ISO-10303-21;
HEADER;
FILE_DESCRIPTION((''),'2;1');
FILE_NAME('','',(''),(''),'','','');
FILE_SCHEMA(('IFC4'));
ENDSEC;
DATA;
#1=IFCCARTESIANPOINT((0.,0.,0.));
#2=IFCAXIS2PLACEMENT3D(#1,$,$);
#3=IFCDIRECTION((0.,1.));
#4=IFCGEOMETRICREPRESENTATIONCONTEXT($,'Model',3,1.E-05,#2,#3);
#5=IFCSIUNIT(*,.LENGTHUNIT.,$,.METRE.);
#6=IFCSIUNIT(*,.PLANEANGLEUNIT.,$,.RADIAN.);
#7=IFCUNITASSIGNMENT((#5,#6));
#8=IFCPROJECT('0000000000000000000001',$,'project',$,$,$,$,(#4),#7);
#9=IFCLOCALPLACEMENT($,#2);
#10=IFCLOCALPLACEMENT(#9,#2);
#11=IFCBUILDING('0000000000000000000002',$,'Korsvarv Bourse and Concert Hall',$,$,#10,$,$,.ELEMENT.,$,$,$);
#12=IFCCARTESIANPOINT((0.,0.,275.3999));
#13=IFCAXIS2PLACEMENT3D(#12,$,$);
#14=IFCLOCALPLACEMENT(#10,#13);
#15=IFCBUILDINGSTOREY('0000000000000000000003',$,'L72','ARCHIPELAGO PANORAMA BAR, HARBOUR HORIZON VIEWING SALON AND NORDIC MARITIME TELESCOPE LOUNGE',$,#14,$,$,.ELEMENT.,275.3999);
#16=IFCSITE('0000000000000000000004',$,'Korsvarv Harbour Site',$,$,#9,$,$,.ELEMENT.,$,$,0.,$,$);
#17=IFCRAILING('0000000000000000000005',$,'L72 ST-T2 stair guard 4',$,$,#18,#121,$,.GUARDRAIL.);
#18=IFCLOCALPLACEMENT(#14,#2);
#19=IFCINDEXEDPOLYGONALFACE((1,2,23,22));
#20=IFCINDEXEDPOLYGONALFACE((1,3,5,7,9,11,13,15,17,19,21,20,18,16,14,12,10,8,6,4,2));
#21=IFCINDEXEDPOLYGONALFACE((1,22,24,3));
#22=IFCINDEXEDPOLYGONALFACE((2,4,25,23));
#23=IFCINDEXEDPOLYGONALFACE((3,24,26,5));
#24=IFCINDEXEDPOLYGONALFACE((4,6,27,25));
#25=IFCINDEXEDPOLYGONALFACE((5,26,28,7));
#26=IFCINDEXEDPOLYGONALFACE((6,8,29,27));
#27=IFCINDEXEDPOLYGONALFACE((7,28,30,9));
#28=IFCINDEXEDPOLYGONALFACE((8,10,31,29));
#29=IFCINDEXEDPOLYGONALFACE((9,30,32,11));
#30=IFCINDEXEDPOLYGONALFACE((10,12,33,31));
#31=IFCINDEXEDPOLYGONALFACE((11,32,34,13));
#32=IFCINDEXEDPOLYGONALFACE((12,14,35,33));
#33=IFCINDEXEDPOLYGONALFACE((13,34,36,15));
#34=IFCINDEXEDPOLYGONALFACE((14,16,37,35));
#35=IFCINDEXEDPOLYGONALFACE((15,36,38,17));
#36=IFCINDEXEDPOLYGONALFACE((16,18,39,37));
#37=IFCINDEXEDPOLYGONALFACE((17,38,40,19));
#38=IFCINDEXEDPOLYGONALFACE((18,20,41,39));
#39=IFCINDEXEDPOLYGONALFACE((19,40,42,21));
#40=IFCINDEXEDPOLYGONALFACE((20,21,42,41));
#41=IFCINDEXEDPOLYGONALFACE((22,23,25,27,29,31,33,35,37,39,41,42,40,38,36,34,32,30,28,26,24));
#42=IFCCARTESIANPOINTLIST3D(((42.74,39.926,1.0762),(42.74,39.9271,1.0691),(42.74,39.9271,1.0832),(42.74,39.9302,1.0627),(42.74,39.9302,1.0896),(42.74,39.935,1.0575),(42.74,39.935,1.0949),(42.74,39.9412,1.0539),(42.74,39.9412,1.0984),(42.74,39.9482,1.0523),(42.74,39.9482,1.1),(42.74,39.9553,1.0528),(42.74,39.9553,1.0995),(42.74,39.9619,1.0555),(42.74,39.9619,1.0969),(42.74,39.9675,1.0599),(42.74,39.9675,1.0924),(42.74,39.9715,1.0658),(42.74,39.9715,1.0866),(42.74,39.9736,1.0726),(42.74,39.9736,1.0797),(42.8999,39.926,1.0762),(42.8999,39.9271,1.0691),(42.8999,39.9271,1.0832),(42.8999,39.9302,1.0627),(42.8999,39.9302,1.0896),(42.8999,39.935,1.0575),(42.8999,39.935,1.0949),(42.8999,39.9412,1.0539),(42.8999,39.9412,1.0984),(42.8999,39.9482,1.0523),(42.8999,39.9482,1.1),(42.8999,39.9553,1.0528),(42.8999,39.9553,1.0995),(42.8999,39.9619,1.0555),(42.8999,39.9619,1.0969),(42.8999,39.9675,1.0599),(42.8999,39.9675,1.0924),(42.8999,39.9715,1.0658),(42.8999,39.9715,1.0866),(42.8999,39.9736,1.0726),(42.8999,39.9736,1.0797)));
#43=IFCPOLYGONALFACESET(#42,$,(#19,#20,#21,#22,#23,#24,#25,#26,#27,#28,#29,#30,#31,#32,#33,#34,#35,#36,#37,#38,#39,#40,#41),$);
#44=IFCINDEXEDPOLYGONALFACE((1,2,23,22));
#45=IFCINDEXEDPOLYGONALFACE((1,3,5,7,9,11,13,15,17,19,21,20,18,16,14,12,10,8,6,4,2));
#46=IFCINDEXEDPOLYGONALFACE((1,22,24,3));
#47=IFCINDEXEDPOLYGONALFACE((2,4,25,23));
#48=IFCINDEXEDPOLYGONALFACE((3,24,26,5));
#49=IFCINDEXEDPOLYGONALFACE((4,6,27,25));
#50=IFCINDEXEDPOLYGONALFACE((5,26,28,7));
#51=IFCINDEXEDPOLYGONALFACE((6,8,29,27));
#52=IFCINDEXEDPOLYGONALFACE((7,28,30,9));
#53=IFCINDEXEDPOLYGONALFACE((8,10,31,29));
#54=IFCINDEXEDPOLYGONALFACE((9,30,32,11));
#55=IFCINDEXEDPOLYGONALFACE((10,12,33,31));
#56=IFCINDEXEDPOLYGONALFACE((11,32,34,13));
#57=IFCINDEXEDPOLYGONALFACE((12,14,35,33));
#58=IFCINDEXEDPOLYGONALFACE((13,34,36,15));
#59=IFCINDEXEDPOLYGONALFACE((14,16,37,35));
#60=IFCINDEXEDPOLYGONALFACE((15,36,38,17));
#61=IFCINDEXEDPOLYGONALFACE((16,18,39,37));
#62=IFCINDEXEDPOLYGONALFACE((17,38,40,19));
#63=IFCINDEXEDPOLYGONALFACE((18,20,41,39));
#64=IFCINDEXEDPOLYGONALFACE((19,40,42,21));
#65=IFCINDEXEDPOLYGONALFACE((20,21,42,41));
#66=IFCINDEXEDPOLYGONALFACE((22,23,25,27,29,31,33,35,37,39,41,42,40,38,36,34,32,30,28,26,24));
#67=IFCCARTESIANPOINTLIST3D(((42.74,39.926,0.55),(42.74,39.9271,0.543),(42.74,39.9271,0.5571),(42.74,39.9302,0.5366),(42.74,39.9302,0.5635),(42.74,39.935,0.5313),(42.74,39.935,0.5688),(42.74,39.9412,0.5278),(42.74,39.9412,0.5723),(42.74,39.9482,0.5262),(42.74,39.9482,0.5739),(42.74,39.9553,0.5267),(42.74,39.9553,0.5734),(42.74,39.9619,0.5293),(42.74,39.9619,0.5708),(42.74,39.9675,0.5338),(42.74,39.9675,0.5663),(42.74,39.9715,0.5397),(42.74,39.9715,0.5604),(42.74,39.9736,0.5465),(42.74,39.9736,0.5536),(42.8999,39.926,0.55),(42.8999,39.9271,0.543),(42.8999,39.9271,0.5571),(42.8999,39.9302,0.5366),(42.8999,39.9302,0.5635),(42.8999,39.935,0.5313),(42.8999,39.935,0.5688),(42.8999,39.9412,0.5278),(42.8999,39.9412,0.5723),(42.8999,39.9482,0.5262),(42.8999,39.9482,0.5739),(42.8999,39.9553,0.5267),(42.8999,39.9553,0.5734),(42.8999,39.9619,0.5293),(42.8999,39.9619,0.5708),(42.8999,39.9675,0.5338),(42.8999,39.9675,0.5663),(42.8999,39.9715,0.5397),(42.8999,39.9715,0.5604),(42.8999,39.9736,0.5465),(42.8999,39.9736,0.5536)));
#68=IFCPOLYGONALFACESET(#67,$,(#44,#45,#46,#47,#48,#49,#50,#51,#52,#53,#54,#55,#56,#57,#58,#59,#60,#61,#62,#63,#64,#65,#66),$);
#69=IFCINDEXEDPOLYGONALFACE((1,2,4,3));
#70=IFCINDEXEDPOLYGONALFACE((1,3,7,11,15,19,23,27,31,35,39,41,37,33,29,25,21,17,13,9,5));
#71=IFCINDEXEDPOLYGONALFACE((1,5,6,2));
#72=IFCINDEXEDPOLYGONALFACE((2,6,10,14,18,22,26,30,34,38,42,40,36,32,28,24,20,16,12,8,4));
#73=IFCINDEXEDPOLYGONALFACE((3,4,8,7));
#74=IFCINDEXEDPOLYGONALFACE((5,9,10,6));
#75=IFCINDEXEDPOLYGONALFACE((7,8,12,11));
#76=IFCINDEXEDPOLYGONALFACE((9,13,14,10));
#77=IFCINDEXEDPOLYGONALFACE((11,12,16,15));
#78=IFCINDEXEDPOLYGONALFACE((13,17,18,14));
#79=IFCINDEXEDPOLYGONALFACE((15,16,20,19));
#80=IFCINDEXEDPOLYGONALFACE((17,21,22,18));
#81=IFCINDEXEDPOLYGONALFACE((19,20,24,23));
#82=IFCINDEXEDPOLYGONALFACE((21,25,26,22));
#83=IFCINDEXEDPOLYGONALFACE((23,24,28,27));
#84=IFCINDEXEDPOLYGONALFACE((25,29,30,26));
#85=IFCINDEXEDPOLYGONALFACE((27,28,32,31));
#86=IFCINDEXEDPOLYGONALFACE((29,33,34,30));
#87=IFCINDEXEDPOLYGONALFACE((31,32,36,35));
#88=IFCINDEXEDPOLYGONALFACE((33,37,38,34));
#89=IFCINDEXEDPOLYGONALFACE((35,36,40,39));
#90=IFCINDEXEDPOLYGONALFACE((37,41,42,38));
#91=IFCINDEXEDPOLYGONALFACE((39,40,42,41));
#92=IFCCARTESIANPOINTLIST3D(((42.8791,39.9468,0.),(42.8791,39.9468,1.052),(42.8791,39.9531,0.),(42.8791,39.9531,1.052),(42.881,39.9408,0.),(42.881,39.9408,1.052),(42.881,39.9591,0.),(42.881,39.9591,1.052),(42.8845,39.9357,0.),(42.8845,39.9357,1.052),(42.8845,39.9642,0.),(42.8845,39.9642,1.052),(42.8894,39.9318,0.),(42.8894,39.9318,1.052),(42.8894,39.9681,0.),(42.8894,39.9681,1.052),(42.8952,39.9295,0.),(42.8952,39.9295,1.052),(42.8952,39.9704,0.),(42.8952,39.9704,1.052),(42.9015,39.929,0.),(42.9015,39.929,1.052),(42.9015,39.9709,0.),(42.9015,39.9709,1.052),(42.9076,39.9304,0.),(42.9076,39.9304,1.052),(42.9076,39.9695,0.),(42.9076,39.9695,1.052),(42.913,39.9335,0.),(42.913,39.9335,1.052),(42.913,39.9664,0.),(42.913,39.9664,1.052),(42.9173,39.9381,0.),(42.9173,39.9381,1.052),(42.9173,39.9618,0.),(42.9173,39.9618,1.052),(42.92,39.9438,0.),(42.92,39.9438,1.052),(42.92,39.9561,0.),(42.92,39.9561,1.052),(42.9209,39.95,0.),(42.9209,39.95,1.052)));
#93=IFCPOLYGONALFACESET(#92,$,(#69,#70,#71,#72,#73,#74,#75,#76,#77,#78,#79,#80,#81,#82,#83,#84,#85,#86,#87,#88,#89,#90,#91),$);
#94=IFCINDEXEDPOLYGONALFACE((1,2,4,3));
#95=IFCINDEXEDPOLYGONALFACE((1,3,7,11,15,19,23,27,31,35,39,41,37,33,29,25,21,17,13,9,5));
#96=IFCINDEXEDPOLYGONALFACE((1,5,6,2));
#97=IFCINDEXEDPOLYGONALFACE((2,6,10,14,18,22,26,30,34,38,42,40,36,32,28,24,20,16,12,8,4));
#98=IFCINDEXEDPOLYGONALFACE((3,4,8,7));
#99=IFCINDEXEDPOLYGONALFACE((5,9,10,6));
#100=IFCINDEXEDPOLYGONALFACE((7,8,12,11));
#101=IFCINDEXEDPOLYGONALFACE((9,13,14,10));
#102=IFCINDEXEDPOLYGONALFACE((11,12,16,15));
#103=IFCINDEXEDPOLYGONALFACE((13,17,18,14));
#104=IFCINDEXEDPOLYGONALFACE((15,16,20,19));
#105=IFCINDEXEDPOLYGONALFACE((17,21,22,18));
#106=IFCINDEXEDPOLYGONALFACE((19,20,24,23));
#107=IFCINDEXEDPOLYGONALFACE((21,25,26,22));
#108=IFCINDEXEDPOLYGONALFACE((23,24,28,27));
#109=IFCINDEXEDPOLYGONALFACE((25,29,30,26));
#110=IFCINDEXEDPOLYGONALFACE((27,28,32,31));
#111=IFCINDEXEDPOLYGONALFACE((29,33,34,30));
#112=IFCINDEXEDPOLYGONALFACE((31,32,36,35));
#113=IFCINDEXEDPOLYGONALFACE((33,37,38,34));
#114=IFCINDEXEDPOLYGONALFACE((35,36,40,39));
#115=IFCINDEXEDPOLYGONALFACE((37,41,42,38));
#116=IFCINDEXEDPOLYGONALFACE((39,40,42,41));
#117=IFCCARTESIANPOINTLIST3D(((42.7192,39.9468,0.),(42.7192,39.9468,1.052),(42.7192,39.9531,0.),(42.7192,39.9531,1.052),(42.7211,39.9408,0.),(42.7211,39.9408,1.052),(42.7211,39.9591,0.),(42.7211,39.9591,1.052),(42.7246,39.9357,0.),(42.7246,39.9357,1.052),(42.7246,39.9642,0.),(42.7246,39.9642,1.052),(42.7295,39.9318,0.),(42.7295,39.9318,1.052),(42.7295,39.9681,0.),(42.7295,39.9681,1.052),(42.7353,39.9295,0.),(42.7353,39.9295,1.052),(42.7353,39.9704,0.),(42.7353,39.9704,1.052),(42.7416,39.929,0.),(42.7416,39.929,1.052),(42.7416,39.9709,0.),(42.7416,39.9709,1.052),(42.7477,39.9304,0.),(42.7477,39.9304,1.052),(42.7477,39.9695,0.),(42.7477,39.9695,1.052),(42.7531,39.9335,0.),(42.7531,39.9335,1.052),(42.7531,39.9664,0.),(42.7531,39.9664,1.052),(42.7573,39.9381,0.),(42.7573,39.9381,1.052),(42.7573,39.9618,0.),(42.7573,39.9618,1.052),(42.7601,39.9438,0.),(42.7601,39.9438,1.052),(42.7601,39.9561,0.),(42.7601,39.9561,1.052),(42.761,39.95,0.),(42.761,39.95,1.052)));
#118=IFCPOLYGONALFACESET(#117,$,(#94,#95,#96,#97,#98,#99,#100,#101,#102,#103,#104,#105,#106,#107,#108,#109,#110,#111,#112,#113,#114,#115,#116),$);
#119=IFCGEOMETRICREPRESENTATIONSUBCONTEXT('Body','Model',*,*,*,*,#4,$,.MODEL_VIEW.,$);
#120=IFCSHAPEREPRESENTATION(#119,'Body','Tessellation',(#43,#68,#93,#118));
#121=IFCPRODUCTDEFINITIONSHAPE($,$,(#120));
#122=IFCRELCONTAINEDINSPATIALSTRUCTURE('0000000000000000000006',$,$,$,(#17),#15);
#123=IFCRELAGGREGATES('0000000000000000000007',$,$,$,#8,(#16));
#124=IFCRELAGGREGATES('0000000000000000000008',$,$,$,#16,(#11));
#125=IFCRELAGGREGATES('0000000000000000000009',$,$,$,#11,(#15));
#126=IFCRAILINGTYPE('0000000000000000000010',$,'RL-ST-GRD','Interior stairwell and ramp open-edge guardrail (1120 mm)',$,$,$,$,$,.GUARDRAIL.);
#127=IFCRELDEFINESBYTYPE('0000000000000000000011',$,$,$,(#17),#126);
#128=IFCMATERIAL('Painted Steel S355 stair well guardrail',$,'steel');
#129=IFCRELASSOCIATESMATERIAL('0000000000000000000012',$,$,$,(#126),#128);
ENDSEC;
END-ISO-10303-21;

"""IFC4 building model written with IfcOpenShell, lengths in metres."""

from ifc_helpers import new_model, si_unit, direction, frame, origin, origin_2d, place, context, subcontext, project, spatial, circle, extrude, material, type_object, element, save


model = new_model("IFC4")

# Units and contexts
model_context = context("Model", 3, precision=1e-05, world=origin(), true_north=direction((0.0, 1.0)))
body_context = subcontext(model_context, "Body", "Model", "MODEL_VIEW")
ifc_project = project(units=[si_unit("LENGTHUNIT", "METRE"), si_unit("PLANEANGLEUNIT", "RADIAN")], contexts=[model_context])

# Site, building, storey
site_placement = place(None, origin())
site = spatial("IfcSite", under=ifc_project, at=site_placement, Name="Korsvarv Harbour Site", CompositionType="ELEMENT", RefElevation=0.0)
building_placement = place(site_placement, origin())
building = spatial("IfcBuilding", under=site, at=building_placement, Name="Korsvarv Bourse and Concert Hall", CompositionType="ELEMENT")
storey_placement = place(building_placement, frame((0.0, 0.0, 275.3999)))
storey = spatial("IfcBuildingStorey", under=building, at=storey_placement, Name="L72", Description="ARCHIPELAGO PANORAMA BAR, HARBOUR HORIZON VIEWING SALON AND NORDIC MARITIME TELESCOPE LOUNGE", CompositionType="ELEMENT", Elevation=275.3999)

# Railing
ifc_material_1 = material(Name="Painted Steel S355 stair well guardrail", Category="steel")
railing_type_1 = type_object("IfcRailingType", Name="RL-ST-GRD", Description="Interior stairwell and ramp open-edge guardrail (1120 mm)", PredefinedType="GUARDRAIL", material=ifc_material_1)
railing_1_placement = place(storey_placement, frame((42.8999, 39.95, 0.0)))
element("IfcRailing", 1, at=railing_1_placement, inside=storey, type_object=railing_type_1, Name="L72 ST-T2 stair guard 4", PredefinedType="GUARDRAIL", context=body_context, shape_type="SweptSolid", body=[
    extrude(circle(Radius=0.0239, at=origin_2d()), frame((0.0, 0.0, 1.0762), z_axis=(-1.0, 0.0, 0.0), x_axis=(0.0, -1.0, 0.0)), (0.0, 0.0, 1.0), 0.1599),
    extrude(circle(Radius=0.0239, at=origin_2d()), frame((0.0, 0.0, 0.55), z_axis=(-1.0, 0.0, 0.0), x_axis=(0.0, -1.0, 0.0)), (0.0, 0.0, 1.0), 0.1599),
    extrude(circle(Radius=0.021, at=origin_2d()), origin(), (0.0, 0.0, 1.0), 1.052),
    extrude(circle(Radius=0.021, at=origin_2d()), frame((-0.1599, 0.0, 0.0)), (0.0, 0.0, 1.0), 1.052),
])

save(model, "model.ifc")
